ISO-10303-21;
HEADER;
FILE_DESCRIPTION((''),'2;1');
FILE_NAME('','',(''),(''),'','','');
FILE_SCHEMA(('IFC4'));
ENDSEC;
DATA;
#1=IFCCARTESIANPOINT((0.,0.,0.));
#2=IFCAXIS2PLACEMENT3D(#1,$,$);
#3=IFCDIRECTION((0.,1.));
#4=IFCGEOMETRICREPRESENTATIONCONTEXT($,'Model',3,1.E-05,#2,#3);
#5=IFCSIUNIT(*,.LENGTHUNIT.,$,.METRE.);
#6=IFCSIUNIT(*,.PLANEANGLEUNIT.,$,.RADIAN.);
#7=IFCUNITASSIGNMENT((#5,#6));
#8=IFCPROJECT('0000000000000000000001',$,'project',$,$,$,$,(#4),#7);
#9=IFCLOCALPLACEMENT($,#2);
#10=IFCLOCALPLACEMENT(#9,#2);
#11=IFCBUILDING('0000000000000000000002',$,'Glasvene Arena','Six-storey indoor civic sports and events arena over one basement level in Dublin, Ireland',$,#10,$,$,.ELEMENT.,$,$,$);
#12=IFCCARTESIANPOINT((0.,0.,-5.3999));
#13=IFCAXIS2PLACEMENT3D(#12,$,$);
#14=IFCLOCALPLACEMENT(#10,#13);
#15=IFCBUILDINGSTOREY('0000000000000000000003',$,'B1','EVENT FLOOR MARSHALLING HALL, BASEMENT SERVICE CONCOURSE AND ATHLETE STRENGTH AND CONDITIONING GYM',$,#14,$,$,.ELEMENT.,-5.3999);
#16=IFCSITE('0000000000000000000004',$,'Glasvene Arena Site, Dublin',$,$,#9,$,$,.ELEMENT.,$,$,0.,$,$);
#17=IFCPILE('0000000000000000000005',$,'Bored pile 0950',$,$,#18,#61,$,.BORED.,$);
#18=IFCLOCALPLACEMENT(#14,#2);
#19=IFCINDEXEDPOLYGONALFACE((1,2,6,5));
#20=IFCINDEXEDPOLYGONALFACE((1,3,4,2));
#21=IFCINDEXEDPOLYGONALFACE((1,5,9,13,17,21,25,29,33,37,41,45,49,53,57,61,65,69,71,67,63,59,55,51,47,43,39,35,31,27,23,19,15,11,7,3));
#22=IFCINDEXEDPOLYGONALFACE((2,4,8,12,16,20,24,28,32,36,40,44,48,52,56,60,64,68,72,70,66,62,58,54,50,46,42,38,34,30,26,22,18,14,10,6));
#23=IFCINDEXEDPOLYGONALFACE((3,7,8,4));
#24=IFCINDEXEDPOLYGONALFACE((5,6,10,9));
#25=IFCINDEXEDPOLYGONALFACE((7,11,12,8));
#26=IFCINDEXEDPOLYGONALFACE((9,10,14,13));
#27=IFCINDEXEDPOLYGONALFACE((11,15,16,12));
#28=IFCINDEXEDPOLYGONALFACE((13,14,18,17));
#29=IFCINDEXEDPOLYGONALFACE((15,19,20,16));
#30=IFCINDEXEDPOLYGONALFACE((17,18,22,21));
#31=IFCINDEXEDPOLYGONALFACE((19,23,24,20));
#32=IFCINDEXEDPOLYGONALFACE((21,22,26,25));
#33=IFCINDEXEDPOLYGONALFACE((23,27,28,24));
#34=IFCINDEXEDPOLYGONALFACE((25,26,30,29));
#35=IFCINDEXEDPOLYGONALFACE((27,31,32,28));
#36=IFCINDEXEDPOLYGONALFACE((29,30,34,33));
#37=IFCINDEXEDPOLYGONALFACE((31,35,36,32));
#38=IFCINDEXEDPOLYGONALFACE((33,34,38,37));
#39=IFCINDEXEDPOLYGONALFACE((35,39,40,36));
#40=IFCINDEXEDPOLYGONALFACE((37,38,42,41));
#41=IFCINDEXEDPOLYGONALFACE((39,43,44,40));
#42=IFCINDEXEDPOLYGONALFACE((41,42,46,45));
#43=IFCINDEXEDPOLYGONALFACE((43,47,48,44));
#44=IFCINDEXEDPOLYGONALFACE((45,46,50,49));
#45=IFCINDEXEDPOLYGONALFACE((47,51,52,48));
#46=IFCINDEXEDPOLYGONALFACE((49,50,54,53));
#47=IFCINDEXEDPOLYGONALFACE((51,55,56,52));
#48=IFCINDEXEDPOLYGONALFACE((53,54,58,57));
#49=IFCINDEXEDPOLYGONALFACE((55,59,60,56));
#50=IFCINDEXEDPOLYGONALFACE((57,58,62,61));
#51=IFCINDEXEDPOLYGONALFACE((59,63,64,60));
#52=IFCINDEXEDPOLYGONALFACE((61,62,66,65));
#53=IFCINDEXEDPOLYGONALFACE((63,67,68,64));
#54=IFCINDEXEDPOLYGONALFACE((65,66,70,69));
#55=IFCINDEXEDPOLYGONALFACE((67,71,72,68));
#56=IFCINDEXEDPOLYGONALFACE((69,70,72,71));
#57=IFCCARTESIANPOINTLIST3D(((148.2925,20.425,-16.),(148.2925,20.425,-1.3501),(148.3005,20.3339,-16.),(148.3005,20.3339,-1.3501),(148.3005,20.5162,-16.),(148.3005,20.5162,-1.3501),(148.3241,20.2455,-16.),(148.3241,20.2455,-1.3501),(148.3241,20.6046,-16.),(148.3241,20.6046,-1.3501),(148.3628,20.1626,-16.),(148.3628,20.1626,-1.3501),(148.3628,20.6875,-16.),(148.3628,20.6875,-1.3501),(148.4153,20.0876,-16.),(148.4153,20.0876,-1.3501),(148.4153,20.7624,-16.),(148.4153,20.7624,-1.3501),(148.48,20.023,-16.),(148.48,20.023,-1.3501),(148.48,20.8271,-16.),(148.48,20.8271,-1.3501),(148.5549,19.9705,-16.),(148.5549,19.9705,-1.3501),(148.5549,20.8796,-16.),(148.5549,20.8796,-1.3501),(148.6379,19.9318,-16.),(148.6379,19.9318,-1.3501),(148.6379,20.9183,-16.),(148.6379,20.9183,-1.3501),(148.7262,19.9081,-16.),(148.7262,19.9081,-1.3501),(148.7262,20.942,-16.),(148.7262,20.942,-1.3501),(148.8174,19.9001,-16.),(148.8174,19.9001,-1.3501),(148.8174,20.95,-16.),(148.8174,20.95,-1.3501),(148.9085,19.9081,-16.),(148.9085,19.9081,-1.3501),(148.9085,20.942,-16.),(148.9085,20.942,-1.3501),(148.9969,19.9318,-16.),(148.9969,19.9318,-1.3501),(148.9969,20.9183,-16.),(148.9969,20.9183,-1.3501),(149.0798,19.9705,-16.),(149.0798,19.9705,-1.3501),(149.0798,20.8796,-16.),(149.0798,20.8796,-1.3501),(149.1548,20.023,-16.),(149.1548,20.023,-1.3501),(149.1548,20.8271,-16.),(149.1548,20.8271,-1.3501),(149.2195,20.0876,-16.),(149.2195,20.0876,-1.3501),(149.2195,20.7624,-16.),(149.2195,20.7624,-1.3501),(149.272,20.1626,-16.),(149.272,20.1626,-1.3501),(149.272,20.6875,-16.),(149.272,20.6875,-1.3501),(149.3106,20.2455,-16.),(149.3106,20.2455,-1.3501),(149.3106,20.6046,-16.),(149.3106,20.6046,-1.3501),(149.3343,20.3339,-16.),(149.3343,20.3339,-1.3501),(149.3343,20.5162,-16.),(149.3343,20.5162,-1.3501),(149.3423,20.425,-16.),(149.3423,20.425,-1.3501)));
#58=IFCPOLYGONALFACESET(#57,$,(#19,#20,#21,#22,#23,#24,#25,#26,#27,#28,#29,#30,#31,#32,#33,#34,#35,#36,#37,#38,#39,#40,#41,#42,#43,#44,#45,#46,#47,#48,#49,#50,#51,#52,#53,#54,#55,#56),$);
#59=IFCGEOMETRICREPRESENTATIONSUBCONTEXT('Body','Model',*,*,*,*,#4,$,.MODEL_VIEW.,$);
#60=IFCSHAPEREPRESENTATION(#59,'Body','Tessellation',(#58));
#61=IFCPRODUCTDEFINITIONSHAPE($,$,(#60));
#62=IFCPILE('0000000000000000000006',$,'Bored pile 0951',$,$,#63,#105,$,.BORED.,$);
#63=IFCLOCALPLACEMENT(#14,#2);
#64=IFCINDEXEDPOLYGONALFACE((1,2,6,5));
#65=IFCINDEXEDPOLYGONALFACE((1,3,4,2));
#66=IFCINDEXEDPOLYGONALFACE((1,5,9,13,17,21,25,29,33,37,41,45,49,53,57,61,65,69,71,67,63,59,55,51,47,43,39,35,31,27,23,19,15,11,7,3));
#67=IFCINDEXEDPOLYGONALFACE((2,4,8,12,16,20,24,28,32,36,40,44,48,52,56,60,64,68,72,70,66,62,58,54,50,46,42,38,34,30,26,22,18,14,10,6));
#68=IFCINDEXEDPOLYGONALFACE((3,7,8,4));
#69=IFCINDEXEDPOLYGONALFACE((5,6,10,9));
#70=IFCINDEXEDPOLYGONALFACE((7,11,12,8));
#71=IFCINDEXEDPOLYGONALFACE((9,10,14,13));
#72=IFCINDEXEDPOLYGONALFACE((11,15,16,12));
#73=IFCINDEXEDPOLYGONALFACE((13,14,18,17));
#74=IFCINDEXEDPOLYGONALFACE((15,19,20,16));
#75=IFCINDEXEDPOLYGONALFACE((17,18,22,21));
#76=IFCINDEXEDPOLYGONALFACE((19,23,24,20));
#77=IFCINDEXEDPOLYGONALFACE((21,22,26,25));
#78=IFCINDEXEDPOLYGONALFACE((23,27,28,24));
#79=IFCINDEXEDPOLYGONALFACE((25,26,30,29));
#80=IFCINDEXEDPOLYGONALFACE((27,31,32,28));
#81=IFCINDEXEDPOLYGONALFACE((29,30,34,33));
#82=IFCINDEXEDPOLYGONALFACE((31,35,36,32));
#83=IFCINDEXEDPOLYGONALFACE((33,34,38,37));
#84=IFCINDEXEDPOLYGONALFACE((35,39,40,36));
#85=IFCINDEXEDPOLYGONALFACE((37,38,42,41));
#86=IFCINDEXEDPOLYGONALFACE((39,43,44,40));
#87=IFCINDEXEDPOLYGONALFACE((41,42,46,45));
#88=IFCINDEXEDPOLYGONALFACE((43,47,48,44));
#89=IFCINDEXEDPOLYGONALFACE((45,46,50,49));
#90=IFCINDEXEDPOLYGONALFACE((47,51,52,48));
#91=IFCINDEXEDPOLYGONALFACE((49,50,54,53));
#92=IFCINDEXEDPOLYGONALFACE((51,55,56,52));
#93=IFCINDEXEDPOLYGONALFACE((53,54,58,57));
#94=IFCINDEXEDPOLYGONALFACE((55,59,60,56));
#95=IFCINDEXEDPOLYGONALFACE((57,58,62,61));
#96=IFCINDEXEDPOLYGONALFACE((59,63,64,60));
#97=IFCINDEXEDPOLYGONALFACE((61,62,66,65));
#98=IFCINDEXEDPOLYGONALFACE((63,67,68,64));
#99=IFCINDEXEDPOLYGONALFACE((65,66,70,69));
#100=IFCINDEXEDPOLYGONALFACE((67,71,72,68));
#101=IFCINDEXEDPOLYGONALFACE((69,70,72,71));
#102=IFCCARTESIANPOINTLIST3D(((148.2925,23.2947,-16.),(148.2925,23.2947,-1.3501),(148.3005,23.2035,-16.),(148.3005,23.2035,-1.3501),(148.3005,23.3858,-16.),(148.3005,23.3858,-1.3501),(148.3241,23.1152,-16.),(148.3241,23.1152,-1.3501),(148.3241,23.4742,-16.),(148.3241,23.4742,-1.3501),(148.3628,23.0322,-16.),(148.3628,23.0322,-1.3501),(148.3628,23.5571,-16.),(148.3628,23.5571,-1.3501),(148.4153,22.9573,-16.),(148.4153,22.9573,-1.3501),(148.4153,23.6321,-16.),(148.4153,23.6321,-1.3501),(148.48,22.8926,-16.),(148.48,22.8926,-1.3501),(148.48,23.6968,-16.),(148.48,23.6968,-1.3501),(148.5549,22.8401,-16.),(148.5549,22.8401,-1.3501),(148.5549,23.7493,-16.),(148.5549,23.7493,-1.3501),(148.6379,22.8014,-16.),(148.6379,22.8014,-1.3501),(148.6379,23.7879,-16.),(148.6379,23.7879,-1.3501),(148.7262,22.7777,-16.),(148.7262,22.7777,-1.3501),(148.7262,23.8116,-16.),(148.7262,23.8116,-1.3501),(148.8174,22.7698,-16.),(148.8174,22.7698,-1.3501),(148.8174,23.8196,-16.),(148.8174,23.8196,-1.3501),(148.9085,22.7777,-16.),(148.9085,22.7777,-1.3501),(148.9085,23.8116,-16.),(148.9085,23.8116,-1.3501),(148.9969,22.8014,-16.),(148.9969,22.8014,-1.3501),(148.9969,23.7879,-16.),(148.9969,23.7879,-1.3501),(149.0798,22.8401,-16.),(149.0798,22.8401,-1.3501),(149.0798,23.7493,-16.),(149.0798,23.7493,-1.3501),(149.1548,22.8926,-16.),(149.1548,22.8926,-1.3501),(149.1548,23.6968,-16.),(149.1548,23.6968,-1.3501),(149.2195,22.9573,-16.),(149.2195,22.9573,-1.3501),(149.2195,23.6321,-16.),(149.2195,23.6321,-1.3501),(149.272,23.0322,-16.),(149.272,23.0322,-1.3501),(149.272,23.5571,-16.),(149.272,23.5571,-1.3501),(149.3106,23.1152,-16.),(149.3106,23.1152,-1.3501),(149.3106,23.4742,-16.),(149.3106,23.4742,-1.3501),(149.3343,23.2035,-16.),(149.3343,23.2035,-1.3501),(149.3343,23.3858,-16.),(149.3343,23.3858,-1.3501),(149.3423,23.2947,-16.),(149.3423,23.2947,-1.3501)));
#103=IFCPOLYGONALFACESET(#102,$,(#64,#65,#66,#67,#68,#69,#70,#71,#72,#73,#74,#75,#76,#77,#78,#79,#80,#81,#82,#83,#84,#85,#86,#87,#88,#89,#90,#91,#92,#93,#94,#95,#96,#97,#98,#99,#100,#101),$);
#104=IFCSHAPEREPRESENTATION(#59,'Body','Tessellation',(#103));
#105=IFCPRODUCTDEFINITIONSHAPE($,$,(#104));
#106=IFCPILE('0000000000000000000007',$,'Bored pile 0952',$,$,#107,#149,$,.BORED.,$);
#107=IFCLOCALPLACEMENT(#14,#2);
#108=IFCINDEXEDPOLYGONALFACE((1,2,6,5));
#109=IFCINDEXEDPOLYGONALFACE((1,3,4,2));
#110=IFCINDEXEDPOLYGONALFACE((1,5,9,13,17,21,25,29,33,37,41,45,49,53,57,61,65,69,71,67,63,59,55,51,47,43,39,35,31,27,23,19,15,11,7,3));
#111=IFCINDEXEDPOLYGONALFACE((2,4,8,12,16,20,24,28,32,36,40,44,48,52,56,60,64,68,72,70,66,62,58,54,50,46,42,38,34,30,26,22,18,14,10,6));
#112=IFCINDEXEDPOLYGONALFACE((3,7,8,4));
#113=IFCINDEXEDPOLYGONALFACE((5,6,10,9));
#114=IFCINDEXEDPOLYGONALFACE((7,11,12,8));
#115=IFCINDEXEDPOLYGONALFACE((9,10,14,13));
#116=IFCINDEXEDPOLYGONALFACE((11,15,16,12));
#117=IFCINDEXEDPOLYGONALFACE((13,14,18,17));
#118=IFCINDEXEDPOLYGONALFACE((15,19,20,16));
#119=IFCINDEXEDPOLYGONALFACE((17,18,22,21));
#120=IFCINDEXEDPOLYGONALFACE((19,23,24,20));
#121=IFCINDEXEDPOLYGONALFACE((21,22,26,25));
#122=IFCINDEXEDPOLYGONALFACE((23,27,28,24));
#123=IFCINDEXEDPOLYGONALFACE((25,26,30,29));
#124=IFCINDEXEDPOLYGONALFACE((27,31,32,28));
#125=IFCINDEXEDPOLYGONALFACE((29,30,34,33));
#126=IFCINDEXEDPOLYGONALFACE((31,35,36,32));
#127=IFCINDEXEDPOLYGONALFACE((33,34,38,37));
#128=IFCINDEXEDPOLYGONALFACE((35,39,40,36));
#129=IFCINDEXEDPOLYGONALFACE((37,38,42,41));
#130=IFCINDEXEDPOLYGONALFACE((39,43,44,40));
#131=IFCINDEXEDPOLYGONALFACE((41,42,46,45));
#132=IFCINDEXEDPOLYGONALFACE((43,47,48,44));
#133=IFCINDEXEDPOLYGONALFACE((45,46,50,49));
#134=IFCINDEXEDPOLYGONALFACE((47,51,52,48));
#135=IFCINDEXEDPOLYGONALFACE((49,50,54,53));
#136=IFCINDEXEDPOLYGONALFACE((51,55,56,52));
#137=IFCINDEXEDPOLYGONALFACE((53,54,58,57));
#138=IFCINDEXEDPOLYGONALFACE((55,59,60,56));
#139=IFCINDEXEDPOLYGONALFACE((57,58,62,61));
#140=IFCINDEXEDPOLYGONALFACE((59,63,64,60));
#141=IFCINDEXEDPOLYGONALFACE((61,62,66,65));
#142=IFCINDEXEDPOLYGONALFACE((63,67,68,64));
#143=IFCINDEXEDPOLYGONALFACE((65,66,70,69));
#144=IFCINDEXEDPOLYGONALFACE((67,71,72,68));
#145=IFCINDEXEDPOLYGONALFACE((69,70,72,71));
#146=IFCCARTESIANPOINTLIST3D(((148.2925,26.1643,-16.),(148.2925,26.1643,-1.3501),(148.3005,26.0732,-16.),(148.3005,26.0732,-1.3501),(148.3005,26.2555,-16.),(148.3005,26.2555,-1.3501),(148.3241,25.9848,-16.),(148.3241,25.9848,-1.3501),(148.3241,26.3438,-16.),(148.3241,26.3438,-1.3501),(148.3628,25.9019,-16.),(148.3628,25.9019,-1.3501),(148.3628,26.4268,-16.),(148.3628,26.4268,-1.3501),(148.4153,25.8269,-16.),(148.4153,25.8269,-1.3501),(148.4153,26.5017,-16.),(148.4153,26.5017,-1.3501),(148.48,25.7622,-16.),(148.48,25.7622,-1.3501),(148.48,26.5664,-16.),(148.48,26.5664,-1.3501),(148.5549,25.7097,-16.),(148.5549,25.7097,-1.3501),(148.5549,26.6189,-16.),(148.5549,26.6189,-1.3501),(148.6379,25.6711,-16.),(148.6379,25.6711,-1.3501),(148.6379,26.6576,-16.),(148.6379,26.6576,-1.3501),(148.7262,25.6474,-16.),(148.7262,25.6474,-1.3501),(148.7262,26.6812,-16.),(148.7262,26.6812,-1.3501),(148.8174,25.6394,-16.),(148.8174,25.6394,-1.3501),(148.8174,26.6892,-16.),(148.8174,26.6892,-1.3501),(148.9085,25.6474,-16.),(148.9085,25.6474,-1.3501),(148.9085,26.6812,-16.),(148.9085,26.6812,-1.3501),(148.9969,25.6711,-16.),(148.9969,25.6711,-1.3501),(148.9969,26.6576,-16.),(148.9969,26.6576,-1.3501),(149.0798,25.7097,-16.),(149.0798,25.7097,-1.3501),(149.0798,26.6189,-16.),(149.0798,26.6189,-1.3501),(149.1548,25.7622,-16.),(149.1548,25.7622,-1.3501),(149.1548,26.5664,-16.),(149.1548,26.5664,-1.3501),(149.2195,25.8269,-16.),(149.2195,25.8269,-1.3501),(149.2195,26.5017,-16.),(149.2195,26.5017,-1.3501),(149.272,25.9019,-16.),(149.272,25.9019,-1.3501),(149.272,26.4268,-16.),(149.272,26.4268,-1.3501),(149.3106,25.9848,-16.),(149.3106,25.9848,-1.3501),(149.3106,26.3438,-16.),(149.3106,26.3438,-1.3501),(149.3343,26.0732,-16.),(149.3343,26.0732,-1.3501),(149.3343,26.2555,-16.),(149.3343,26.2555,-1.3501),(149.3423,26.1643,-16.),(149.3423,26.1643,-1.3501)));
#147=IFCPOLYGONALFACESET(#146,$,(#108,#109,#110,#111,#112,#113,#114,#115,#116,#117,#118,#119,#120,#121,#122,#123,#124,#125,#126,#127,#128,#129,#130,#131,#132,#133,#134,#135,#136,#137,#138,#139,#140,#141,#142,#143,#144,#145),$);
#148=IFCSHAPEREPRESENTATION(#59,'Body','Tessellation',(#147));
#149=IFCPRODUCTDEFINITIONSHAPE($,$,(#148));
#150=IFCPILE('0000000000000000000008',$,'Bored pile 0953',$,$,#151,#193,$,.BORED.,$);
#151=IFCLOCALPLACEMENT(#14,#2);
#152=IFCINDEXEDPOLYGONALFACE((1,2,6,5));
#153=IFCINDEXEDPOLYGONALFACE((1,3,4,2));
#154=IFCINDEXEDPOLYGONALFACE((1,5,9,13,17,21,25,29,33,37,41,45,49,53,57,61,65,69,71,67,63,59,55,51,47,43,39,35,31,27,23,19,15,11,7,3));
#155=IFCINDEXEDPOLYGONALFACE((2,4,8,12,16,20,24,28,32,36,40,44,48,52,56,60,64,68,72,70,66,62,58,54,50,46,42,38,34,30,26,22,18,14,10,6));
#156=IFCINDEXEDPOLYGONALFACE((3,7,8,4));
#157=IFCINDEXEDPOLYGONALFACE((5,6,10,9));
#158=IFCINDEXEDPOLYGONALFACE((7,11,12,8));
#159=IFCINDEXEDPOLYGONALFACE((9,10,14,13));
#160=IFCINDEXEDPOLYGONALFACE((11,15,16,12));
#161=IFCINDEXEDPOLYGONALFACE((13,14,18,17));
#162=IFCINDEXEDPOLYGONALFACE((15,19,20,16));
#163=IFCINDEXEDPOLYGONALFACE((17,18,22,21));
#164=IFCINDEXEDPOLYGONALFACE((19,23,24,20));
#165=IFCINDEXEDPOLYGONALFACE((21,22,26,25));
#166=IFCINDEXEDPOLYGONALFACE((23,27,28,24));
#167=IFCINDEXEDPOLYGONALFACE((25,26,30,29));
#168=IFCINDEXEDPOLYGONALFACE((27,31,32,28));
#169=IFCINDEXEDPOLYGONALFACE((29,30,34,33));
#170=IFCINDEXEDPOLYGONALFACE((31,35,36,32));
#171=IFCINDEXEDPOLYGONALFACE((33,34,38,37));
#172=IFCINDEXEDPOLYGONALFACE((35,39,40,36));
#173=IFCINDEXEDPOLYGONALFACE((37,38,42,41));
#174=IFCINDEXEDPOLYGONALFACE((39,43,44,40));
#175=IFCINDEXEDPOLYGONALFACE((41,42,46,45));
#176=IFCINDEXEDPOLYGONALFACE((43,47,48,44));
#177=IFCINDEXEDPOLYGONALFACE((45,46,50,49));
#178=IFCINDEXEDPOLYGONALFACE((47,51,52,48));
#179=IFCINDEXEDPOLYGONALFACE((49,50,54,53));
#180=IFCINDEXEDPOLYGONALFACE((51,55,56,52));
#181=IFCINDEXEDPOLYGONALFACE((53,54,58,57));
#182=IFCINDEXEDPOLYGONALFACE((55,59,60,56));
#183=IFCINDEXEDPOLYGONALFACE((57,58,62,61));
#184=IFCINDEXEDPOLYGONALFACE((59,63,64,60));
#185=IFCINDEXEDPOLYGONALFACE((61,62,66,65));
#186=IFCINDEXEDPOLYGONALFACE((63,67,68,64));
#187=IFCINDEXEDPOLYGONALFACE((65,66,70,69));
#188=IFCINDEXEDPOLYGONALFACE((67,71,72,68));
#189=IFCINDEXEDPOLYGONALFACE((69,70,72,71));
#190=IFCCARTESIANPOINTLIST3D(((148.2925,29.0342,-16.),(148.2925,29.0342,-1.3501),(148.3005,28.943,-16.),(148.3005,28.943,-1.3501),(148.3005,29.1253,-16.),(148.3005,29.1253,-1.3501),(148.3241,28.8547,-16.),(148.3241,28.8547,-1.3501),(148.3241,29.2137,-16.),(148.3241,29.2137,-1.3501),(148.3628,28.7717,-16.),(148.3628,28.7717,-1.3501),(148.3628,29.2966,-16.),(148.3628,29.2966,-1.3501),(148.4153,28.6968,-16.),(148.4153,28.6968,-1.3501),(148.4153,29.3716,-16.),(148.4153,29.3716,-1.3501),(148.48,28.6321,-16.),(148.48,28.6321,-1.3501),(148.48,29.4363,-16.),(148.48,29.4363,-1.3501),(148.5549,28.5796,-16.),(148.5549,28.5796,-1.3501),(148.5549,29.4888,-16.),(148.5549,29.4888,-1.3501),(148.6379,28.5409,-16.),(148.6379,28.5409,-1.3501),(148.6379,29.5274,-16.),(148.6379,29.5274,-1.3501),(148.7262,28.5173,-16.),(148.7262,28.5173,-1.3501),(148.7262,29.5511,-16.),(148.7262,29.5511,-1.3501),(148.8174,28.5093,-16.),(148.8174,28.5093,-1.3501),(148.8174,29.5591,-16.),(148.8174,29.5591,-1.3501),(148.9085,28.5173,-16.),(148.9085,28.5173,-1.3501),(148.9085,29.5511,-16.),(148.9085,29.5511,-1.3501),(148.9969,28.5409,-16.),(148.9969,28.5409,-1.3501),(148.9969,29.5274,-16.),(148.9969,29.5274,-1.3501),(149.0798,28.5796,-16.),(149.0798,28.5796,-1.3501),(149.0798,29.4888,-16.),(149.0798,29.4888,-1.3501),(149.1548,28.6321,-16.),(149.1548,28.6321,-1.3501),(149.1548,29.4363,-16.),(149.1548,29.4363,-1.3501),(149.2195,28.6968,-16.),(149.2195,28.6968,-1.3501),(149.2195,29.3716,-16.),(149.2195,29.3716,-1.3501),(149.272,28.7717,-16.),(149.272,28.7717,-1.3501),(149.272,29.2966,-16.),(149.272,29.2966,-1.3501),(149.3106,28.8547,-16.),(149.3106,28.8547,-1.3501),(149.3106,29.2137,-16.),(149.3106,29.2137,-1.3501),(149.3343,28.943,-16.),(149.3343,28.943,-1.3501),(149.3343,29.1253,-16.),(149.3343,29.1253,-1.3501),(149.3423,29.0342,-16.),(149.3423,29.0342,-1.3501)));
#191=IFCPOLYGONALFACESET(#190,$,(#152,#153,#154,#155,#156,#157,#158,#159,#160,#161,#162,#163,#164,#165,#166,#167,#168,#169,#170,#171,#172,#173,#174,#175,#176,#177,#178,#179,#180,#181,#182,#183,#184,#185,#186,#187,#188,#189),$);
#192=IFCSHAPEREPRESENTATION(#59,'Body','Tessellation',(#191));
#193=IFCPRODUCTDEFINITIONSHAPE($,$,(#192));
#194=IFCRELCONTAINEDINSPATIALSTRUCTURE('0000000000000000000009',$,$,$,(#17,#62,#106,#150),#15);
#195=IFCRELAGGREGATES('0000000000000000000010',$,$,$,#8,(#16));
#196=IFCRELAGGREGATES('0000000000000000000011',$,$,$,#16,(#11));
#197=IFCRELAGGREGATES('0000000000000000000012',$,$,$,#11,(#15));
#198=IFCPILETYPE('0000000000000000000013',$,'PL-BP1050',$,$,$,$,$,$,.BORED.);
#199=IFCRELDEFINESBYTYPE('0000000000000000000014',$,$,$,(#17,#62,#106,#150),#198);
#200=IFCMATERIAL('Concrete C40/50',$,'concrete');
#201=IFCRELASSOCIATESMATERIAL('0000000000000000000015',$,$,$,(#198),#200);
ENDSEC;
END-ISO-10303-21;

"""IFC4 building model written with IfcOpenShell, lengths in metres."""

from ifc_helpers import new_model, si_unit, direction, frame, origin, origin_2d, place, context, subcontext, project, spatial, circle, extrude, material, material_profile, profile_set, type_object, element, save


model = new_model("IFC4")

# Units and contexts
model_context = context("Model", 3, precision=1e-05, world=origin(), true_north=direction((0.0, 1.0)))
body_context = subcontext(model_context, "Body", "Model", "MODEL_VIEW")
ifc_project = project(units=[si_unit("LENGTHUNIT", "METRE"), si_unit("PLANEANGLEUNIT", "RADIAN")], contexts=[model_context])

# Site, building, storey
site_placement = place(None, origin())
site = spatial("IfcSite", under=ifc_project, at=site_placement, Name="Glasvene Arena Site, Dublin", CompositionType="ELEMENT", RefElevation=0.0)
building_placement = place(site_placement, origin())
building = spatial("IfcBuilding", under=site, at=building_placement, Name="Glasvene Arena", Description="Six-storey indoor civic sports and events arena over one basement level in Dublin, Ireland", CompositionType="ELEMENT")
storey_placement = place(building_placement, frame((0.0, 0.0, -5.3999)))
storey = spatial("IfcBuildingStorey", under=building, at=storey_placement, Name="B1", Description="EVENT FLOOR MARSHALLING HALL, BASEMENT SERVICE CONCOURSE AND ATHLETE STRENGTH AND CONDITIONING GYM", CompositionType="ELEMENT", Elevation=-5.3999)

# Piles
ifc_material = material(Name="Concrete C40/50", Category="concrete")
ifc_material_profile = material_profile(ifc_material, circle(Radius=0.5249, at=origin_2d()), Name="BORED PILE 1050")
ifc_profile_set = profile_set([ifc_material_profile], Name="Concrete C40/50")
pile_type = type_object("IfcPileType", Name="PL-BP1050", PredefinedType="BORED", material=ifc_profile_set)
for number, where, z_axis, x_axis, name in (
    (1, (148.8174, 20.425, -1.3501), (0.0, 0.0, -1.0), (1.0, 0.0, 0.0), "Bored pile 0950"),
    (2, (148.8174, 23.2947, -1.3501), (0.0, 0.0, -1.0), (1.0, 0.0, 0.0), "Bored pile 0951"),
    (3, (148.8174, 26.1643, -1.3501), (0.0, 0.0, -1.0), (1.0, 0.0, 0.0), "Bored pile 0952"),
    (4, (148.8174, 29.0342, -1.3501), (0.0, 0.0, -1.0), (1.0, 0.0, 0.0), "Bored pile 0953"),
):
    element("IfcPile", number, at=place(storey_placement, frame(where, z_axis=z_axis, x_axis=x_axis)), inside=storey, type_object=pile_type, Name=name, PredefinedType="BORED", context=body_context, shape_type="SweptSolid", body=[
        extrude(circle(Radius=0.5249, at=origin_2d()), origin(), (0.0, 0.0, 1.0), 14.6499),
    ])

save(model, "model.ifc")
